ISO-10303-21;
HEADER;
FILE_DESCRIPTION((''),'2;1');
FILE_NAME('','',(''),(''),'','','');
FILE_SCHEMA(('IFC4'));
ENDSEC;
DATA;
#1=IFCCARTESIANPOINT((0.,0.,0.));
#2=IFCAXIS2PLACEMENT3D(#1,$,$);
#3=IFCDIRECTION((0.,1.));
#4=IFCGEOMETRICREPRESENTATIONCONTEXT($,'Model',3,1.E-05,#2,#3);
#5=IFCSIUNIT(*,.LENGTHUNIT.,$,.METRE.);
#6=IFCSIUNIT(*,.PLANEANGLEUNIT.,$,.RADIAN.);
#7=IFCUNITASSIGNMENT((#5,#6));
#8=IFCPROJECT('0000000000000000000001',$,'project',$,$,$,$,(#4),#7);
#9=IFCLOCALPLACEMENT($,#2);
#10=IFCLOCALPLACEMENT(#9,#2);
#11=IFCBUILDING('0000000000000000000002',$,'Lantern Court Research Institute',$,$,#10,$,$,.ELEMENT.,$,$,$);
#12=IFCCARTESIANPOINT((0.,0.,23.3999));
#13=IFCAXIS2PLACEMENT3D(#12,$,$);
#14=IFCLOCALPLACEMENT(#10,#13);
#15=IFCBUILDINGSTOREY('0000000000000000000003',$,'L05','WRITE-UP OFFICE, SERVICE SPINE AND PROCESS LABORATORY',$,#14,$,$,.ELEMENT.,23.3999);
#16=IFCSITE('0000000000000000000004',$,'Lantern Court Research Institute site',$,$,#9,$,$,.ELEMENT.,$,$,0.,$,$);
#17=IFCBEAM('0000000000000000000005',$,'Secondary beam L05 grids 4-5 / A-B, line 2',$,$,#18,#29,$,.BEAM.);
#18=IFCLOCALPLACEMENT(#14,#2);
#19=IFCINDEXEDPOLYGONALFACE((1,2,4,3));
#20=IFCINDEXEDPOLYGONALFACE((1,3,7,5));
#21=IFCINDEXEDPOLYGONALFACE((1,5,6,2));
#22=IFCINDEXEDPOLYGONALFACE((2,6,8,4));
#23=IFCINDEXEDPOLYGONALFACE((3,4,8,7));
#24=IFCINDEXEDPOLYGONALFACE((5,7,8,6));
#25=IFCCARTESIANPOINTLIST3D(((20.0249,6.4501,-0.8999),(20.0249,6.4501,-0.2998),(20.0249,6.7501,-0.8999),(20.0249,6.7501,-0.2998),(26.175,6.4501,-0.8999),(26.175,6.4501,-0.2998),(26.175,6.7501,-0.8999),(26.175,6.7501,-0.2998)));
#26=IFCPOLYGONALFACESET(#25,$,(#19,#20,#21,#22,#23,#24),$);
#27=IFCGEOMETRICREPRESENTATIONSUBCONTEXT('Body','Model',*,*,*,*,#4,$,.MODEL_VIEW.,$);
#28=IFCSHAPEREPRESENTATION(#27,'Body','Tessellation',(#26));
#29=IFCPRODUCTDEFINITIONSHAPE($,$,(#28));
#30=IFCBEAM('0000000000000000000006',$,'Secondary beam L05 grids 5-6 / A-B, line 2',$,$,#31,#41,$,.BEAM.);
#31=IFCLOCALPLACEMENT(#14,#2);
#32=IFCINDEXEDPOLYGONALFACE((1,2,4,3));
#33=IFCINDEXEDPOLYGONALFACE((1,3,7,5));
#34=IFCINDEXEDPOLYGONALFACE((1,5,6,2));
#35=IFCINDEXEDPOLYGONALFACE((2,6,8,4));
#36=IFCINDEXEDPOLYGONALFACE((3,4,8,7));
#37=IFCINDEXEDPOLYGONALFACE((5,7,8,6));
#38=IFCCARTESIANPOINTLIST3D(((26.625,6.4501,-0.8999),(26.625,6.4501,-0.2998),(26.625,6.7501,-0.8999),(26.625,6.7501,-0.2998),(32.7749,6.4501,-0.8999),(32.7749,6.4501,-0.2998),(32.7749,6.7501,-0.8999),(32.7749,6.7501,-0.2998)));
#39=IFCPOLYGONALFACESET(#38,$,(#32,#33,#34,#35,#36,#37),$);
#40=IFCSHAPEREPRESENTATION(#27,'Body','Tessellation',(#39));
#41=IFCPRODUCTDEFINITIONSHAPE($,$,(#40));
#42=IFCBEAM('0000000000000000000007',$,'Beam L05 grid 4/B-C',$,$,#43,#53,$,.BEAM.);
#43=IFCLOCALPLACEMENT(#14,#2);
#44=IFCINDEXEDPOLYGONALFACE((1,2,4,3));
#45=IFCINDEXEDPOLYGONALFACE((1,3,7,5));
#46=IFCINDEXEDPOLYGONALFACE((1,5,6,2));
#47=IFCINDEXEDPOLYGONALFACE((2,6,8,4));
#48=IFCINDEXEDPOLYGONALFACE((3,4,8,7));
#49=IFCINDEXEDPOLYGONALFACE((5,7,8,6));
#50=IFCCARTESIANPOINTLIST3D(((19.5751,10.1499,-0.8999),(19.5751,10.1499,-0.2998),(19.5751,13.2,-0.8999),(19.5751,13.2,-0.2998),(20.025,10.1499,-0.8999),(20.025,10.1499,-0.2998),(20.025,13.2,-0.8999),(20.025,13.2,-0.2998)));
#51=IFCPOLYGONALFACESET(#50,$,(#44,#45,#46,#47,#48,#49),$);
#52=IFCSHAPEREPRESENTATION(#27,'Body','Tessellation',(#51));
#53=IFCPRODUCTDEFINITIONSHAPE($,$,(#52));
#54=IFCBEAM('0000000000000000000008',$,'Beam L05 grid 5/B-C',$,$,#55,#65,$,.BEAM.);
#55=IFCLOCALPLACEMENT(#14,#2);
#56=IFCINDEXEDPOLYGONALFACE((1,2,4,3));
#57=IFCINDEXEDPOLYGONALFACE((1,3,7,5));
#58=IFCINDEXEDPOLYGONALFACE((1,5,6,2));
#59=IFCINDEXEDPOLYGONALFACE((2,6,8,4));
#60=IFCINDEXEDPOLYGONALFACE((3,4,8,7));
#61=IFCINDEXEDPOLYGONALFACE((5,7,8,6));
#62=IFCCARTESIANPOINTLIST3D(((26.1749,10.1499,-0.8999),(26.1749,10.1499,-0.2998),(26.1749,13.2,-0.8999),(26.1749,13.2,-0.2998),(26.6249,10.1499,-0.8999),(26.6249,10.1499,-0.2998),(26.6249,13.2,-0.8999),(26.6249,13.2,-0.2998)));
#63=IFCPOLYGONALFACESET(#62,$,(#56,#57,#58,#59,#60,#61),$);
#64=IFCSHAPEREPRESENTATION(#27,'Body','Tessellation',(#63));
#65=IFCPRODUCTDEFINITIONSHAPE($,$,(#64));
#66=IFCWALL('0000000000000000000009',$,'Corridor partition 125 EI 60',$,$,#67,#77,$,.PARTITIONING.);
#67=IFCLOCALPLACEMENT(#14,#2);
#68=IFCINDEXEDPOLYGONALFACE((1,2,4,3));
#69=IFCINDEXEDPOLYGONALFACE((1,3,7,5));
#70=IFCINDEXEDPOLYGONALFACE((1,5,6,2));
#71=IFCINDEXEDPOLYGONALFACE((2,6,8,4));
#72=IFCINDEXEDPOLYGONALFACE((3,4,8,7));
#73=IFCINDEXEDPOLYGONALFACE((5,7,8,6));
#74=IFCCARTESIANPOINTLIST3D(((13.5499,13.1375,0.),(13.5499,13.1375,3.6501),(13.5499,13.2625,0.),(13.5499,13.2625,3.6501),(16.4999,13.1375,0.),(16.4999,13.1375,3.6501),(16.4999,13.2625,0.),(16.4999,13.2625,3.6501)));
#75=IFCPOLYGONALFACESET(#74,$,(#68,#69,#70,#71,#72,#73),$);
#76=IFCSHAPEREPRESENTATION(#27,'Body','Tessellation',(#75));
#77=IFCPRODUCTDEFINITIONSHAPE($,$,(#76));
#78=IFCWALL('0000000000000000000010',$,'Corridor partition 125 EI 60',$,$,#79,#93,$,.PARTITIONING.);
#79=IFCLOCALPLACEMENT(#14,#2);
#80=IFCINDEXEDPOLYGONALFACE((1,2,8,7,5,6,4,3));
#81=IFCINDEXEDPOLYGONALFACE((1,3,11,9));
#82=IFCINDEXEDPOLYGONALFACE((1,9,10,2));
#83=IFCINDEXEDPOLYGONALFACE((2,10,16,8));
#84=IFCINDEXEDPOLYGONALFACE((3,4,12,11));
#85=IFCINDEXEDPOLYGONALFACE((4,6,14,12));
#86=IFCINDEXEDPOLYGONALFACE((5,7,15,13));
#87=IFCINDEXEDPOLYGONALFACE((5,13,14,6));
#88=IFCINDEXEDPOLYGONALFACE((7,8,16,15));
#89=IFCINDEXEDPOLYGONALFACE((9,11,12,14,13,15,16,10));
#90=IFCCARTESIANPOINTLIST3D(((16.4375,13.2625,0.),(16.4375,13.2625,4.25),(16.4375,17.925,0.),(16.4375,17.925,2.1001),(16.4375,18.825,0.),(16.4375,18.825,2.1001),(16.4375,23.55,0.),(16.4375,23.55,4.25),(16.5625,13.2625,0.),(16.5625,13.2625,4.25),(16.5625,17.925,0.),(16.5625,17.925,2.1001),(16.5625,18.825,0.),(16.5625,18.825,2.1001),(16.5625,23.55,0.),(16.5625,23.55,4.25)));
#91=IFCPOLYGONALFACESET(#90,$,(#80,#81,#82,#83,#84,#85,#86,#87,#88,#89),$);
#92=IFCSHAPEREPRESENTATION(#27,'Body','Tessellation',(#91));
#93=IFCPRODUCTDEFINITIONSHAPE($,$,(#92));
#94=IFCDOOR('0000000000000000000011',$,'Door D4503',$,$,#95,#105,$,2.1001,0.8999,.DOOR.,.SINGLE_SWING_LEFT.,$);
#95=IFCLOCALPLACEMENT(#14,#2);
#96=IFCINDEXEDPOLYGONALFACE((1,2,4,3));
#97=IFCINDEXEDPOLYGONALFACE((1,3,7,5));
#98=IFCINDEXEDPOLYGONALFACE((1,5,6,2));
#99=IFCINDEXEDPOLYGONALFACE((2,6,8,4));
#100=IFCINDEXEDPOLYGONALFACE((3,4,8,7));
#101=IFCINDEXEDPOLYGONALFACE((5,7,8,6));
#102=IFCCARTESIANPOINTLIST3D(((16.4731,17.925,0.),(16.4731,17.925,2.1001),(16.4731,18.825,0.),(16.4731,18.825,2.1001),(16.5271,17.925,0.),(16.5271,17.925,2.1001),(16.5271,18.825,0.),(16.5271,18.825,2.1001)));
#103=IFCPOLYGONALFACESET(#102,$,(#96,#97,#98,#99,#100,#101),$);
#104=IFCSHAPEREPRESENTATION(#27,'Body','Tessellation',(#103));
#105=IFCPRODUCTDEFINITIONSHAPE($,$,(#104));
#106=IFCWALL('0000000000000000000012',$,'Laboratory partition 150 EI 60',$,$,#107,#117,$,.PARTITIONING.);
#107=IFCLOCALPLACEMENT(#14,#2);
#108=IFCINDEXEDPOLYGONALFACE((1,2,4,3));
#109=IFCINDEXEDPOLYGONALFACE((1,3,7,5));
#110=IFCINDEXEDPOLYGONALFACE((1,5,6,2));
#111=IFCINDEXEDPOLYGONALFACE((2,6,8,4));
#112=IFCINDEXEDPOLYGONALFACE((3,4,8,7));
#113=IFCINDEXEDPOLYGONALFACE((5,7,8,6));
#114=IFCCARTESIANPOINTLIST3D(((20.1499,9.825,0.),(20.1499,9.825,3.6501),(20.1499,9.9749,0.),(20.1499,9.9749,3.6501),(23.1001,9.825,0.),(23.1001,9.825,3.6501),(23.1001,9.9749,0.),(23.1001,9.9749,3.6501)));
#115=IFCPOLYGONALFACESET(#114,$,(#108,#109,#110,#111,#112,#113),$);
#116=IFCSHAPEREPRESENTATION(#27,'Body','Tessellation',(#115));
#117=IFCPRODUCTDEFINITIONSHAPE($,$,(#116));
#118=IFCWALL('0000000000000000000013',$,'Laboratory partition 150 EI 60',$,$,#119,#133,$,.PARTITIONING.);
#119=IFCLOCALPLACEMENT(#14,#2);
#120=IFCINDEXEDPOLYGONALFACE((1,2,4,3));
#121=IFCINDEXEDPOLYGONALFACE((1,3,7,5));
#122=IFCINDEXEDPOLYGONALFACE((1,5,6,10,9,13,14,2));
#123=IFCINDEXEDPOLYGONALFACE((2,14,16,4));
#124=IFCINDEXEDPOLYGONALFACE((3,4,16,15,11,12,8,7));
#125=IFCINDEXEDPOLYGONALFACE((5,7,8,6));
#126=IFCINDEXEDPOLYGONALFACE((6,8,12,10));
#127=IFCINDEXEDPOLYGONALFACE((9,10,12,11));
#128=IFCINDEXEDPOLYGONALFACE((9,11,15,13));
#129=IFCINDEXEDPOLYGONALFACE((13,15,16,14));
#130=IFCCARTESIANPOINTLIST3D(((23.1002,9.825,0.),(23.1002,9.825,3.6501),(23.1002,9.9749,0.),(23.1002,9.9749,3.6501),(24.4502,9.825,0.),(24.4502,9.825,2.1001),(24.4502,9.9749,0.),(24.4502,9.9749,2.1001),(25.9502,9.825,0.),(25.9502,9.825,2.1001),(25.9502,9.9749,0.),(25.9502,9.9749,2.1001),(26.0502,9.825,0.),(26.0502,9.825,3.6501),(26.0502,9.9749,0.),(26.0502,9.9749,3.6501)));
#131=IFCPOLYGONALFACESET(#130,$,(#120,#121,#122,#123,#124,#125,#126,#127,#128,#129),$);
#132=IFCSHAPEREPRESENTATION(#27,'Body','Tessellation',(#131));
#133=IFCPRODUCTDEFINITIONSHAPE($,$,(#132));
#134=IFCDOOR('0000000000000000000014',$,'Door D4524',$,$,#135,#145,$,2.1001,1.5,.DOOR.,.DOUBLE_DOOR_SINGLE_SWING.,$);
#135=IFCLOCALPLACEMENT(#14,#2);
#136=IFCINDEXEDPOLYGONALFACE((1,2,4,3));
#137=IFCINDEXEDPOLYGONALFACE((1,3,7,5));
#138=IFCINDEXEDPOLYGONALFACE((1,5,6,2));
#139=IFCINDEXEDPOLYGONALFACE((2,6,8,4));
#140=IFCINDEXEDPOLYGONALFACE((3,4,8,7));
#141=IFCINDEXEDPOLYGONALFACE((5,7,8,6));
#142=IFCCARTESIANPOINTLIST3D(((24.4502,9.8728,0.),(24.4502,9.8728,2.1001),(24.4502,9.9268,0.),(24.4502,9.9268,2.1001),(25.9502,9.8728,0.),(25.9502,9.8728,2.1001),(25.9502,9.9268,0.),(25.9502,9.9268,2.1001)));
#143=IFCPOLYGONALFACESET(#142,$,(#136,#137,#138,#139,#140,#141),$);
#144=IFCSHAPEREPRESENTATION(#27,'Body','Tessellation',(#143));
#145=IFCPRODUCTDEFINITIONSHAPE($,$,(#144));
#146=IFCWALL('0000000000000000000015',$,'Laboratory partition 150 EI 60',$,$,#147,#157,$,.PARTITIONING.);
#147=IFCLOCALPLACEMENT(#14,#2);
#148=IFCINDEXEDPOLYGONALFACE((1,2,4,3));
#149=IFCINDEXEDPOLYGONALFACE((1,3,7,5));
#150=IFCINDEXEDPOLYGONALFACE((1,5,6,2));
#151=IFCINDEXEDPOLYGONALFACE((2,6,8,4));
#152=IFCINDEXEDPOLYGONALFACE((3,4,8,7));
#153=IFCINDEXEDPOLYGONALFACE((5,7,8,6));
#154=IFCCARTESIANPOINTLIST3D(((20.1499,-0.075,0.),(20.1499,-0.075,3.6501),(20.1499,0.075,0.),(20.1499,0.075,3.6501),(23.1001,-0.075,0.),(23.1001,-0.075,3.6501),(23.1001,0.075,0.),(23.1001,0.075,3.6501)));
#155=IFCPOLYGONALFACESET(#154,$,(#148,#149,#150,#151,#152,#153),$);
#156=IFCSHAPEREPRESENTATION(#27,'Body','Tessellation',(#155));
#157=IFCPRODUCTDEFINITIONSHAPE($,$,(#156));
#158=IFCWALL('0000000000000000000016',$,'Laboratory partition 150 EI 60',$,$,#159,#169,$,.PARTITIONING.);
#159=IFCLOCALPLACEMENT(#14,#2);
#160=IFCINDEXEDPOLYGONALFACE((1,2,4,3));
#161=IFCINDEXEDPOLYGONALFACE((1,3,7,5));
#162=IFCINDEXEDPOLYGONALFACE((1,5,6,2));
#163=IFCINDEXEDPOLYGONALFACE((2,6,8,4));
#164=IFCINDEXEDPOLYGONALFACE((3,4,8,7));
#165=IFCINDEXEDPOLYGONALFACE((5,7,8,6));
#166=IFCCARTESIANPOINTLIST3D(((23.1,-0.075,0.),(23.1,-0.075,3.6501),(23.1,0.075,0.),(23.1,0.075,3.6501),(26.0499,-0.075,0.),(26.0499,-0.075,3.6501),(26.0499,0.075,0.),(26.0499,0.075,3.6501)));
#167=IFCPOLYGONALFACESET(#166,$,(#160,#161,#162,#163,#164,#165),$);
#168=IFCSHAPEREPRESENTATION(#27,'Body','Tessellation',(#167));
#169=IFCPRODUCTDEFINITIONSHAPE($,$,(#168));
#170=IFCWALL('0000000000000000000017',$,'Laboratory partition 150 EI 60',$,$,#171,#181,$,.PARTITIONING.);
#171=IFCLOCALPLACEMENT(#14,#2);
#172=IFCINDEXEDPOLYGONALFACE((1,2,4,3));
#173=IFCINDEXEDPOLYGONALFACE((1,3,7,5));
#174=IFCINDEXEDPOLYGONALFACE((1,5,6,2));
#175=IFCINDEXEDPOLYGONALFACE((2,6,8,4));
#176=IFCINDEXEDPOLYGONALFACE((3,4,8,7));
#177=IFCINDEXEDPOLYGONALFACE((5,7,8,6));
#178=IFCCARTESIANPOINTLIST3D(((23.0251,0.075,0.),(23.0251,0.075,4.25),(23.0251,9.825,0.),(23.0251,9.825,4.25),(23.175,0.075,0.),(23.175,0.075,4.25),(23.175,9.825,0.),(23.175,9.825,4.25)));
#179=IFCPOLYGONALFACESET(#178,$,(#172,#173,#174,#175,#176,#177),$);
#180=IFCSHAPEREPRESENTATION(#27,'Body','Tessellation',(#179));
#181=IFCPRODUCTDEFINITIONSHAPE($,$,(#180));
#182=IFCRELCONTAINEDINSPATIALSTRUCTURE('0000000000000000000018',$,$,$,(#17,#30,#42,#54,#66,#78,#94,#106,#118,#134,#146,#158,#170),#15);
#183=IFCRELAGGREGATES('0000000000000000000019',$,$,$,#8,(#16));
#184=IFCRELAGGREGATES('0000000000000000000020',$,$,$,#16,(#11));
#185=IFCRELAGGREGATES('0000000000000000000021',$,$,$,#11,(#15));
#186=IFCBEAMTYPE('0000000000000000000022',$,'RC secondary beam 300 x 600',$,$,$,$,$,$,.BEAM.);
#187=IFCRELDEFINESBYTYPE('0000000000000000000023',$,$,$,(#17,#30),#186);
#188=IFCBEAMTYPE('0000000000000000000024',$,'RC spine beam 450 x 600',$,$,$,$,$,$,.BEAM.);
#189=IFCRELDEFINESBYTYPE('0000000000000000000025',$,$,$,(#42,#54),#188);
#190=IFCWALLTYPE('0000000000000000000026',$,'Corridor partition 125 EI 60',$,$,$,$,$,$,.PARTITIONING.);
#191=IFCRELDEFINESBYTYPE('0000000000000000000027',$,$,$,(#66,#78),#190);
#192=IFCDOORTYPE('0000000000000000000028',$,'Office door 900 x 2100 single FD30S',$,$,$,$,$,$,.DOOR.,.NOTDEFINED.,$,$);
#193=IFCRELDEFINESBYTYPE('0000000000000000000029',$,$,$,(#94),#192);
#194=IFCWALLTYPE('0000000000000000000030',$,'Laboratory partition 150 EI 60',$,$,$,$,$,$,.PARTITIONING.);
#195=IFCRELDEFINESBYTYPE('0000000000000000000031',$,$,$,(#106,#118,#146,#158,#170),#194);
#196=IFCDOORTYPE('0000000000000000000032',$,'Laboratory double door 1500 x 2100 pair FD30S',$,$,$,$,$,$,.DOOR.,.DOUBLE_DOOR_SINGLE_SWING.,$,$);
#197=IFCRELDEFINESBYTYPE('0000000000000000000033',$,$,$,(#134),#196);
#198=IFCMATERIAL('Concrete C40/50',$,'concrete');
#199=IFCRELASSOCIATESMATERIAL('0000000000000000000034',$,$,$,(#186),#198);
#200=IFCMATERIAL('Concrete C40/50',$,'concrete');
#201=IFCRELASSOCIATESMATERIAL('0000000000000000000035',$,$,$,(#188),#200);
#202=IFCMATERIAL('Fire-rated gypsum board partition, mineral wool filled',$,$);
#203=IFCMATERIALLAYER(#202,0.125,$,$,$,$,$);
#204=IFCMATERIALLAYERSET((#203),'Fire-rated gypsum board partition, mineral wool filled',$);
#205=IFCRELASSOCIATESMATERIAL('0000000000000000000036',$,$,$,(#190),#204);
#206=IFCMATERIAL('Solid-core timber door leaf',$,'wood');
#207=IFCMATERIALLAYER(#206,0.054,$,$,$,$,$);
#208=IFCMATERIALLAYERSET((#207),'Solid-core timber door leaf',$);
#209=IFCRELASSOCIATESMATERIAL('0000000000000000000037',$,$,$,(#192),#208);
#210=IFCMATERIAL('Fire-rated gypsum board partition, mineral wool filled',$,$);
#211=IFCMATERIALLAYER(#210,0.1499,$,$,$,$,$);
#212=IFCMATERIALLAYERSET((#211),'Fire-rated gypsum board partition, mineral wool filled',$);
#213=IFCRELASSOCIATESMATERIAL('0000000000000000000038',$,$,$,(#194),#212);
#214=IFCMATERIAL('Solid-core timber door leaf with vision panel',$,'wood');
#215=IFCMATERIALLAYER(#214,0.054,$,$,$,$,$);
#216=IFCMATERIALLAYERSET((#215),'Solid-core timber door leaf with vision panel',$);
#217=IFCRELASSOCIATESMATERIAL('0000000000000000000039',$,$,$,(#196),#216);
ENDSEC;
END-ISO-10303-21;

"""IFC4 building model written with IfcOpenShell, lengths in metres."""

from ifc_helpers import new_model, si_unit, direction, frame, frame_2d, origin, origin_2d, place, context, subcontext, project, spatial, rectangle, extrude, material, layer, layer_set, material_profile, profile_set, type_object, element, fill, save


model = new_model("IFC4")

# Units and contexts
model_context = context("Model", 3, precision=1e-05, world=origin(), true_north=direction((0.0, 1.0)))
body_context = subcontext(model_context, "Body", "Model", "MODEL_VIEW")
ifc_project = project(units=[si_unit("LENGTHUNIT", "METRE"), si_unit("PLANEANGLEUNIT", "RADIAN")], contexts=[model_context])

# Site, building, storey
site_placement = place(None, origin())
site = spatial("IfcSite", under=ifc_project, at=site_placement, Name="Lantern Court Research Institute site", CompositionType="ELEMENT", RefElevation=0.0)
building_placement = place(site_placement, origin())
building = spatial("IfcBuilding", under=site, at=building_placement, Name="Lantern Court Research Institute", CompositionType="ELEMENT")
storey_placement = place(building_placement, frame((0.0, 0.0, 23.3999)))
storey = spatial("IfcBuildingStorey", under=building, at=storey_placement, Name="L05", Description="WRITE-UP OFFICE, SERVICE SPINE AND PROCESS LABORATORY", CompositionType="ELEMENT", Elevation=23.3999)

# Beams
ifc_material_1 = material(Name="Concrete C40/50", Category="concrete")
ifc_material_profile_1 = material_profile(ifc_material_1, rectangle(XDim=0.3, YDim=0.6001, at=origin_2d()), Name="RC beam 300 x 600")
ifc_profile_set_1 = profile_set([ifc_material_profile_1], Name="Concrete C40/50")
beam_type_1 = type_object("IfcBeamType", Name="RC secondary beam 300 x 600", PredefinedType="BEAM", material=ifc_profile_set_1)
beam_1_placement = place(storey_placement, frame((20.0249, 6.6001, -0.5999), z_axis=(1.0, 0.0, 0.0), x_axis=(0.0, 1.0, 0.0)))
element("IfcBeam", 1, at=beam_1_placement, inside=storey, type_object=beam_type_1, Name="Secondary beam L05 grids 4-5 / A-B, line 2", PredefinedType="BEAM", context=body_context, shape_type="SweptSolid", body=[
    extrude(rectangle(XDim=0.3, YDim=0.6001, at=origin_2d()), origin(), (0.0, 0.0, 1.0), 6.1501),
])
beam_2_placement = place(storey_placement, frame((26.625, 6.6001, -0.5999), z_axis=(1.0, 0.0, 0.0), x_axis=(0.0, 1.0, 0.0)))
element("IfcBeam", 2, at=beam_2_placement, inside=storey, type_object=beam_type_1, Name="Secondary beam L05 grids 5-6 / A-B, line 2", PredefinedType="BEAM", context=body_context, shape_type="SweptSolid", body=[
    extrude(rectangle(XDim=0.3, YDim=0.6001, at=origin_2d()), origin(), (0.0, 0.0, 1.0), 6.1499),
])
ifc_material_2 = material(Name="Concrete C40/50", Category="concrete")
ifc_material_profile_2 = material_profile(ifc_material_2, rectangle(XDim=0.45, YDim=0.6001, at=origin_2d()), Name="RC beam 450 x 600")
ifc_profile_set_2 = profile_set([ifc_material_profile_2], Name="Concrete C40/50")
beam_type_2 = type_object("IfcBeamType", Name="RC spine beam 450 x 600", PredefinedType="BEAM", material=ifc_profile_set_2)
for number, where, z_axis, x_axis, name in (
    (3, (19.8, 10.1499, -0.5999), (0.0, 1.0, 0.0), (-1.0, 0.0, 0.0), "Beam L05 grid 4/B-C"),
    (4, (26.3999, 10.1499, -0.5999), (0.0, 1.0, 0.0), (-1.0, 0.0, 0.0), "Beam L05 grid 5/B-C"),
):
    element("IfcBeam", number, at=place(storey_placement, frame(where, z_axis=z_axis, x_axis=x_axis)), inside=storey, type_object=beam_type_2, Name=name, PredefinedType="BEAM", context=body_context, shape_type="SweptSolid", body=[
        extrude(rectangle(XDim=0.45, YDim=0.6001, at=origin_2d()), origin(), (0.0, 0.0, 1.0), 3.05),
    ])

# Wall
ifc_material_3 = material(Name="Fire-rated gypsum board partition, mineral wool filled")
ifc_layer_1 = layer(ifc_material_3, 0.125)
ifc_layer_set_1 = layer_set([ifc_layer_1], Name="Fire-rated gypsum board partition, mineral wool filled")
wall_type_1 = type_object("IfcWallType", Name="Corridor partition 125 EI 60", PredefinedType="PARTITIONING", material=ifc_layer_set_1)
wall_1_placement = place(storey_placement, frame((16.5, 13.2, 0.0), z_axis=(0.0, 0.0, 1.0), x_axis=(-1.0, 0.0, 0.0)))
element("IfcWall", 5, at=wall_1_placement, inside=storey, type_object=wall_type_1, Name="Corridor partition 125 EI 60", PredefinedType="PARTITIONING", context=body_context, shape_type="SweptSolid", body=[
    extrude(rectangle(XDim=2.95, YDim=0.125, at=frame_2d((1.4751, 0.0))), origin(), (0.0, 0.0, 1.0), 3.6501),
])

# Wall, opening, door
wall_2_placement = place(storey_placement, frame((16.5, 13.2625, 0.0), z_axis=(0.0, 0.0, 1.0), x_axis=(0.0, 1.0, 0.0)))
wall_2 = element("IfcWall", 6, at=wall_2_placement, inside=storey, type_object=wall_type_1, Name="Corridor partition 125 EI 60", PredefinedType="PARTITIONING", context=body_context, shape_type="SweptSolid", body=[
    extrude(rectangle(XDim=10.2876, YDim=0.125, at=frame_2d((5.1438, 0.0))), origin(), (0.0, 0.0, 1.0), 4.25),
])
opening_1_placement = place(wall_2_placement, frame((4.6626, 0.0, 0.0)))
opening_1 = element("IfcOpeningElement", 7, at=opening_1_placement, cuts=wall_2, PredefinedType="OPENING", context=body_context, shape_type="SweptSolid", body=[
    extrude(rectangle(XDim=0.8999, YDim=2.1001, at=frame_2d((0.45, 1.05))), frame((0.0, 0.0725, 0.0), z_axis=(0.0, -1.0, 0.0), x_axis=(1.0, 0.0, 0.0)), (0.0, 0.0, 1.0), 0.145),
])
ifc_material_4 = material(Name="Solid-core timber door leaf", Category="wood")
ifc_layer_2 = layer(ifc_material_4, 0.054)
ifc_layer_set_2 = layer_set([ifc_layer_2], Name="Solid-core timber door leaf")
door_type_1 = type_object("IfcDoorType", Name="Office door 900 x 2100 single FD30S", OperationType="NOTDEFINED", PredefinedType="DOOR", material=ifc_layer_set_2)
door_1_placement = place(opening_1_placement, origin())
door_1 = element("IfcDoor", 8, at=door_1_placement, inside=storey, type_object=door_type_1, Name="Door D4503", OperationType="SINGLE_SWING_LEFT", OverallHeight=2.1001, OverallWidth=0.8999, PredefinedType="DOOR", context=body_context, shape_type="SweptSolid", body=[
    extrude(rectangle(XDim=0.8999, YDim=2.1001, at=frame_2d((0.45, 1.05))), frame((0.0, 0.0269, 0.0), z_axis=(0.0, -1.0, 0.0), x_axis=(1.0, 0.0, 0.0)), (0.0, 0.0, 1.0), 0.054),
])
fill(opening_1, door_1)
ifc_material_5 = material(Name="Fire-rated gypsum board partition, mineral wool filled")
ifc_layer_3 = layer(ifc_material_5, 0.1499)
ifc_layer_set_3 = layer_set([ifc_layer_3], Name="Fire-rated gypsum board partition, mineral wool filled")
wall_type_2 = type_object("IfcWallType", Name="Laboratory partition 150 EI 60", PredefinedType="PARTITIONING", material=ifc_layer_set_3)

# Wall
wall_3_placement = place(storey_placement, frame((20.1499, 9.8999, 0.0), z_axis=(0.0, 0.0, 1.0), x_axis=(1.0, 0.0, 0.0)))
element("IfcWall", 9, at=wall_3_placement, inside=storey, type_object=wall_type_2, Name="Laboratory partition 150 EI 60", PredefinedType="PARTITIONING", context=body_context, shape_type="SweptSolid", body=[
    extrude(rectangle(XDim=2.9502, YDim=0.1499, at=frame_2d((1.4751, 0.0))), origin(), (0.0, 0.0, 1.0), 3.6501),
])

# Wall, opening, door
wall_4_placement = place(storey_placement, frame((23.1001, 9.8999, 0.0), z_axis=(0.0, 0.0, 1.0), x_axis=(1.0, 0.0, 0.0)))
wall_4 = element("IfcWall", 10, at=wall_4_placement, inside=storey, type_object=wall_type_2, Name="Laboratory partition 150 EI 60", PredefinedType="PARTITIONING", context=body_context, shape_type="SweptSolid", body=[
    extrude(rectangle(XDim=2.95, YDim=0.1499, at=frame_2d((1.4751, 0.0))), origin(), (0.0, 0.0, 1.0), 3.6501),
])
opening_2_placement = place(wall_4_placement, frame((1.3501, 0.0, 0.0)))
opening_2 = element("IfcOpeningElement", 11, at=opening_2_placement, cuts=wall_4, PredefinedType="OPENING", context=body_context, shape_type="SweptSolid", body=[
    extrude(rectangle(XDim=1.5, YDim=2.1001, at=frame_2d((0.75, 1.05))), frame((0.0, 0.085, 0.0), z_axis=(0.0, -1.0, 0.0), x_axis=(1.0, 0.0, 0.0)), (0.0, 0.0, 1.0), 0.1699),
])
ifc_material_6 = material(Name="Solid-core timber door leaf with vision panel", Category="wood")
ifc_layer_4 = layer(ifc_material_6, 0.054)
ifc_layer_set_4 = layer_set([ifc_layer_4], Name="Solid-core timber door leaf with vision panel")
door_type_2 = type_object("IfcDoorType", Name="Laboratory double door 1500 x 2100 pair FD30S", OperationType="DOUBLE_DOOR_SINGLE_SWING", PredefinedType="DOOR", material=ifc_layer_set_4)
door_2_placement = place(opening_2_placement, origin())
door_2 = element("IfcDoor", 12, at=door_2_placement, inside=storey, type_object=door_type_2, Name="Door D4524", OperationType="DOUBLE_DOOR_SINGLE_SWING", OverallHeight=2.1001, OverallWidth=1.5, PredefinedType="DOOR", context=body_context, shape_type="SweptSolid", body=[
    extrude(rectangle(XDim=1.5, YDim=2.1001, at=frame_2d((0.75, 1.05))), frame((0.0, 0.0269, 0.0), z_axis=(0.0, -1.0, 0.0), x_axis=(1.0, 0.0, 0.0)), (0.0, 0.0, 1.0), 0.054),
])
fill(opening_2, door_2)

# Walls
wall_5_placement = place(storey_placement, frame((23.1001, 0.0, 0.0), z_axis=(0.0, 0.0, 1.0), x_axis=(-1.0, 0.0, 0.0)))
element("IfcWall", 13, at=wall_5_placement, inside=storey, type_object=wall_type_2, Name="Laboratory partition 150 EI 60", PredefinedType="PARTITIONING", context=body_context, shape_type="SweptSolid", body=[
    extrude(rectangle(XDim=2.9502, YDim=0.1499, at=frame_2d((1.4751, 0.0))), origin(), (0.0, 0.0, 1.0), 3.6501),
])
wall_6_placement = place(storey_placement, frame((26.05, 0.0, 0.0), z_axis=(0.0, 0.0, 1.0), x_axis=(-1.0, 0.0, 0.0)))
element("IfcWall", 14, at=wall_6_placement, inside=storey, type_object=wall_type_2, Name="Laboratory partition 150 EI 60", PredefinedType="PARTITIONING", context=body_context, shape_type="SweptSolid", body=[
    extrude(rectangle(XDim=2.95, YDim=0.1499, at=frame_2d((1.4751, 0.0))), origin(), (0.0, 0.0, 1.0), 3.6501),
])
wall_7_placement = place(storey_placement, frame((23.1001, 0.075, 0.0), z_axis=(0.0, 0.0, 1.0), x_axis=(0.0, 1.0, 0.0)))
element("IfcWall", 15, at=wall_7_placement, inside=storey, type_object=wall_type_2, Name="Laboratory partition 150 EI 60", PredefinedType="PARTITIONING", context=body_context, shape_type="SweptSolid", body=[
    extrude(rectangle(XDim=9.75, YDim=0.1499, at=frame_2d((4.875, 0.0))), origin(), (0.0, 0.0, 1.0), 4.25),
])

save(model, "model.ifc")
